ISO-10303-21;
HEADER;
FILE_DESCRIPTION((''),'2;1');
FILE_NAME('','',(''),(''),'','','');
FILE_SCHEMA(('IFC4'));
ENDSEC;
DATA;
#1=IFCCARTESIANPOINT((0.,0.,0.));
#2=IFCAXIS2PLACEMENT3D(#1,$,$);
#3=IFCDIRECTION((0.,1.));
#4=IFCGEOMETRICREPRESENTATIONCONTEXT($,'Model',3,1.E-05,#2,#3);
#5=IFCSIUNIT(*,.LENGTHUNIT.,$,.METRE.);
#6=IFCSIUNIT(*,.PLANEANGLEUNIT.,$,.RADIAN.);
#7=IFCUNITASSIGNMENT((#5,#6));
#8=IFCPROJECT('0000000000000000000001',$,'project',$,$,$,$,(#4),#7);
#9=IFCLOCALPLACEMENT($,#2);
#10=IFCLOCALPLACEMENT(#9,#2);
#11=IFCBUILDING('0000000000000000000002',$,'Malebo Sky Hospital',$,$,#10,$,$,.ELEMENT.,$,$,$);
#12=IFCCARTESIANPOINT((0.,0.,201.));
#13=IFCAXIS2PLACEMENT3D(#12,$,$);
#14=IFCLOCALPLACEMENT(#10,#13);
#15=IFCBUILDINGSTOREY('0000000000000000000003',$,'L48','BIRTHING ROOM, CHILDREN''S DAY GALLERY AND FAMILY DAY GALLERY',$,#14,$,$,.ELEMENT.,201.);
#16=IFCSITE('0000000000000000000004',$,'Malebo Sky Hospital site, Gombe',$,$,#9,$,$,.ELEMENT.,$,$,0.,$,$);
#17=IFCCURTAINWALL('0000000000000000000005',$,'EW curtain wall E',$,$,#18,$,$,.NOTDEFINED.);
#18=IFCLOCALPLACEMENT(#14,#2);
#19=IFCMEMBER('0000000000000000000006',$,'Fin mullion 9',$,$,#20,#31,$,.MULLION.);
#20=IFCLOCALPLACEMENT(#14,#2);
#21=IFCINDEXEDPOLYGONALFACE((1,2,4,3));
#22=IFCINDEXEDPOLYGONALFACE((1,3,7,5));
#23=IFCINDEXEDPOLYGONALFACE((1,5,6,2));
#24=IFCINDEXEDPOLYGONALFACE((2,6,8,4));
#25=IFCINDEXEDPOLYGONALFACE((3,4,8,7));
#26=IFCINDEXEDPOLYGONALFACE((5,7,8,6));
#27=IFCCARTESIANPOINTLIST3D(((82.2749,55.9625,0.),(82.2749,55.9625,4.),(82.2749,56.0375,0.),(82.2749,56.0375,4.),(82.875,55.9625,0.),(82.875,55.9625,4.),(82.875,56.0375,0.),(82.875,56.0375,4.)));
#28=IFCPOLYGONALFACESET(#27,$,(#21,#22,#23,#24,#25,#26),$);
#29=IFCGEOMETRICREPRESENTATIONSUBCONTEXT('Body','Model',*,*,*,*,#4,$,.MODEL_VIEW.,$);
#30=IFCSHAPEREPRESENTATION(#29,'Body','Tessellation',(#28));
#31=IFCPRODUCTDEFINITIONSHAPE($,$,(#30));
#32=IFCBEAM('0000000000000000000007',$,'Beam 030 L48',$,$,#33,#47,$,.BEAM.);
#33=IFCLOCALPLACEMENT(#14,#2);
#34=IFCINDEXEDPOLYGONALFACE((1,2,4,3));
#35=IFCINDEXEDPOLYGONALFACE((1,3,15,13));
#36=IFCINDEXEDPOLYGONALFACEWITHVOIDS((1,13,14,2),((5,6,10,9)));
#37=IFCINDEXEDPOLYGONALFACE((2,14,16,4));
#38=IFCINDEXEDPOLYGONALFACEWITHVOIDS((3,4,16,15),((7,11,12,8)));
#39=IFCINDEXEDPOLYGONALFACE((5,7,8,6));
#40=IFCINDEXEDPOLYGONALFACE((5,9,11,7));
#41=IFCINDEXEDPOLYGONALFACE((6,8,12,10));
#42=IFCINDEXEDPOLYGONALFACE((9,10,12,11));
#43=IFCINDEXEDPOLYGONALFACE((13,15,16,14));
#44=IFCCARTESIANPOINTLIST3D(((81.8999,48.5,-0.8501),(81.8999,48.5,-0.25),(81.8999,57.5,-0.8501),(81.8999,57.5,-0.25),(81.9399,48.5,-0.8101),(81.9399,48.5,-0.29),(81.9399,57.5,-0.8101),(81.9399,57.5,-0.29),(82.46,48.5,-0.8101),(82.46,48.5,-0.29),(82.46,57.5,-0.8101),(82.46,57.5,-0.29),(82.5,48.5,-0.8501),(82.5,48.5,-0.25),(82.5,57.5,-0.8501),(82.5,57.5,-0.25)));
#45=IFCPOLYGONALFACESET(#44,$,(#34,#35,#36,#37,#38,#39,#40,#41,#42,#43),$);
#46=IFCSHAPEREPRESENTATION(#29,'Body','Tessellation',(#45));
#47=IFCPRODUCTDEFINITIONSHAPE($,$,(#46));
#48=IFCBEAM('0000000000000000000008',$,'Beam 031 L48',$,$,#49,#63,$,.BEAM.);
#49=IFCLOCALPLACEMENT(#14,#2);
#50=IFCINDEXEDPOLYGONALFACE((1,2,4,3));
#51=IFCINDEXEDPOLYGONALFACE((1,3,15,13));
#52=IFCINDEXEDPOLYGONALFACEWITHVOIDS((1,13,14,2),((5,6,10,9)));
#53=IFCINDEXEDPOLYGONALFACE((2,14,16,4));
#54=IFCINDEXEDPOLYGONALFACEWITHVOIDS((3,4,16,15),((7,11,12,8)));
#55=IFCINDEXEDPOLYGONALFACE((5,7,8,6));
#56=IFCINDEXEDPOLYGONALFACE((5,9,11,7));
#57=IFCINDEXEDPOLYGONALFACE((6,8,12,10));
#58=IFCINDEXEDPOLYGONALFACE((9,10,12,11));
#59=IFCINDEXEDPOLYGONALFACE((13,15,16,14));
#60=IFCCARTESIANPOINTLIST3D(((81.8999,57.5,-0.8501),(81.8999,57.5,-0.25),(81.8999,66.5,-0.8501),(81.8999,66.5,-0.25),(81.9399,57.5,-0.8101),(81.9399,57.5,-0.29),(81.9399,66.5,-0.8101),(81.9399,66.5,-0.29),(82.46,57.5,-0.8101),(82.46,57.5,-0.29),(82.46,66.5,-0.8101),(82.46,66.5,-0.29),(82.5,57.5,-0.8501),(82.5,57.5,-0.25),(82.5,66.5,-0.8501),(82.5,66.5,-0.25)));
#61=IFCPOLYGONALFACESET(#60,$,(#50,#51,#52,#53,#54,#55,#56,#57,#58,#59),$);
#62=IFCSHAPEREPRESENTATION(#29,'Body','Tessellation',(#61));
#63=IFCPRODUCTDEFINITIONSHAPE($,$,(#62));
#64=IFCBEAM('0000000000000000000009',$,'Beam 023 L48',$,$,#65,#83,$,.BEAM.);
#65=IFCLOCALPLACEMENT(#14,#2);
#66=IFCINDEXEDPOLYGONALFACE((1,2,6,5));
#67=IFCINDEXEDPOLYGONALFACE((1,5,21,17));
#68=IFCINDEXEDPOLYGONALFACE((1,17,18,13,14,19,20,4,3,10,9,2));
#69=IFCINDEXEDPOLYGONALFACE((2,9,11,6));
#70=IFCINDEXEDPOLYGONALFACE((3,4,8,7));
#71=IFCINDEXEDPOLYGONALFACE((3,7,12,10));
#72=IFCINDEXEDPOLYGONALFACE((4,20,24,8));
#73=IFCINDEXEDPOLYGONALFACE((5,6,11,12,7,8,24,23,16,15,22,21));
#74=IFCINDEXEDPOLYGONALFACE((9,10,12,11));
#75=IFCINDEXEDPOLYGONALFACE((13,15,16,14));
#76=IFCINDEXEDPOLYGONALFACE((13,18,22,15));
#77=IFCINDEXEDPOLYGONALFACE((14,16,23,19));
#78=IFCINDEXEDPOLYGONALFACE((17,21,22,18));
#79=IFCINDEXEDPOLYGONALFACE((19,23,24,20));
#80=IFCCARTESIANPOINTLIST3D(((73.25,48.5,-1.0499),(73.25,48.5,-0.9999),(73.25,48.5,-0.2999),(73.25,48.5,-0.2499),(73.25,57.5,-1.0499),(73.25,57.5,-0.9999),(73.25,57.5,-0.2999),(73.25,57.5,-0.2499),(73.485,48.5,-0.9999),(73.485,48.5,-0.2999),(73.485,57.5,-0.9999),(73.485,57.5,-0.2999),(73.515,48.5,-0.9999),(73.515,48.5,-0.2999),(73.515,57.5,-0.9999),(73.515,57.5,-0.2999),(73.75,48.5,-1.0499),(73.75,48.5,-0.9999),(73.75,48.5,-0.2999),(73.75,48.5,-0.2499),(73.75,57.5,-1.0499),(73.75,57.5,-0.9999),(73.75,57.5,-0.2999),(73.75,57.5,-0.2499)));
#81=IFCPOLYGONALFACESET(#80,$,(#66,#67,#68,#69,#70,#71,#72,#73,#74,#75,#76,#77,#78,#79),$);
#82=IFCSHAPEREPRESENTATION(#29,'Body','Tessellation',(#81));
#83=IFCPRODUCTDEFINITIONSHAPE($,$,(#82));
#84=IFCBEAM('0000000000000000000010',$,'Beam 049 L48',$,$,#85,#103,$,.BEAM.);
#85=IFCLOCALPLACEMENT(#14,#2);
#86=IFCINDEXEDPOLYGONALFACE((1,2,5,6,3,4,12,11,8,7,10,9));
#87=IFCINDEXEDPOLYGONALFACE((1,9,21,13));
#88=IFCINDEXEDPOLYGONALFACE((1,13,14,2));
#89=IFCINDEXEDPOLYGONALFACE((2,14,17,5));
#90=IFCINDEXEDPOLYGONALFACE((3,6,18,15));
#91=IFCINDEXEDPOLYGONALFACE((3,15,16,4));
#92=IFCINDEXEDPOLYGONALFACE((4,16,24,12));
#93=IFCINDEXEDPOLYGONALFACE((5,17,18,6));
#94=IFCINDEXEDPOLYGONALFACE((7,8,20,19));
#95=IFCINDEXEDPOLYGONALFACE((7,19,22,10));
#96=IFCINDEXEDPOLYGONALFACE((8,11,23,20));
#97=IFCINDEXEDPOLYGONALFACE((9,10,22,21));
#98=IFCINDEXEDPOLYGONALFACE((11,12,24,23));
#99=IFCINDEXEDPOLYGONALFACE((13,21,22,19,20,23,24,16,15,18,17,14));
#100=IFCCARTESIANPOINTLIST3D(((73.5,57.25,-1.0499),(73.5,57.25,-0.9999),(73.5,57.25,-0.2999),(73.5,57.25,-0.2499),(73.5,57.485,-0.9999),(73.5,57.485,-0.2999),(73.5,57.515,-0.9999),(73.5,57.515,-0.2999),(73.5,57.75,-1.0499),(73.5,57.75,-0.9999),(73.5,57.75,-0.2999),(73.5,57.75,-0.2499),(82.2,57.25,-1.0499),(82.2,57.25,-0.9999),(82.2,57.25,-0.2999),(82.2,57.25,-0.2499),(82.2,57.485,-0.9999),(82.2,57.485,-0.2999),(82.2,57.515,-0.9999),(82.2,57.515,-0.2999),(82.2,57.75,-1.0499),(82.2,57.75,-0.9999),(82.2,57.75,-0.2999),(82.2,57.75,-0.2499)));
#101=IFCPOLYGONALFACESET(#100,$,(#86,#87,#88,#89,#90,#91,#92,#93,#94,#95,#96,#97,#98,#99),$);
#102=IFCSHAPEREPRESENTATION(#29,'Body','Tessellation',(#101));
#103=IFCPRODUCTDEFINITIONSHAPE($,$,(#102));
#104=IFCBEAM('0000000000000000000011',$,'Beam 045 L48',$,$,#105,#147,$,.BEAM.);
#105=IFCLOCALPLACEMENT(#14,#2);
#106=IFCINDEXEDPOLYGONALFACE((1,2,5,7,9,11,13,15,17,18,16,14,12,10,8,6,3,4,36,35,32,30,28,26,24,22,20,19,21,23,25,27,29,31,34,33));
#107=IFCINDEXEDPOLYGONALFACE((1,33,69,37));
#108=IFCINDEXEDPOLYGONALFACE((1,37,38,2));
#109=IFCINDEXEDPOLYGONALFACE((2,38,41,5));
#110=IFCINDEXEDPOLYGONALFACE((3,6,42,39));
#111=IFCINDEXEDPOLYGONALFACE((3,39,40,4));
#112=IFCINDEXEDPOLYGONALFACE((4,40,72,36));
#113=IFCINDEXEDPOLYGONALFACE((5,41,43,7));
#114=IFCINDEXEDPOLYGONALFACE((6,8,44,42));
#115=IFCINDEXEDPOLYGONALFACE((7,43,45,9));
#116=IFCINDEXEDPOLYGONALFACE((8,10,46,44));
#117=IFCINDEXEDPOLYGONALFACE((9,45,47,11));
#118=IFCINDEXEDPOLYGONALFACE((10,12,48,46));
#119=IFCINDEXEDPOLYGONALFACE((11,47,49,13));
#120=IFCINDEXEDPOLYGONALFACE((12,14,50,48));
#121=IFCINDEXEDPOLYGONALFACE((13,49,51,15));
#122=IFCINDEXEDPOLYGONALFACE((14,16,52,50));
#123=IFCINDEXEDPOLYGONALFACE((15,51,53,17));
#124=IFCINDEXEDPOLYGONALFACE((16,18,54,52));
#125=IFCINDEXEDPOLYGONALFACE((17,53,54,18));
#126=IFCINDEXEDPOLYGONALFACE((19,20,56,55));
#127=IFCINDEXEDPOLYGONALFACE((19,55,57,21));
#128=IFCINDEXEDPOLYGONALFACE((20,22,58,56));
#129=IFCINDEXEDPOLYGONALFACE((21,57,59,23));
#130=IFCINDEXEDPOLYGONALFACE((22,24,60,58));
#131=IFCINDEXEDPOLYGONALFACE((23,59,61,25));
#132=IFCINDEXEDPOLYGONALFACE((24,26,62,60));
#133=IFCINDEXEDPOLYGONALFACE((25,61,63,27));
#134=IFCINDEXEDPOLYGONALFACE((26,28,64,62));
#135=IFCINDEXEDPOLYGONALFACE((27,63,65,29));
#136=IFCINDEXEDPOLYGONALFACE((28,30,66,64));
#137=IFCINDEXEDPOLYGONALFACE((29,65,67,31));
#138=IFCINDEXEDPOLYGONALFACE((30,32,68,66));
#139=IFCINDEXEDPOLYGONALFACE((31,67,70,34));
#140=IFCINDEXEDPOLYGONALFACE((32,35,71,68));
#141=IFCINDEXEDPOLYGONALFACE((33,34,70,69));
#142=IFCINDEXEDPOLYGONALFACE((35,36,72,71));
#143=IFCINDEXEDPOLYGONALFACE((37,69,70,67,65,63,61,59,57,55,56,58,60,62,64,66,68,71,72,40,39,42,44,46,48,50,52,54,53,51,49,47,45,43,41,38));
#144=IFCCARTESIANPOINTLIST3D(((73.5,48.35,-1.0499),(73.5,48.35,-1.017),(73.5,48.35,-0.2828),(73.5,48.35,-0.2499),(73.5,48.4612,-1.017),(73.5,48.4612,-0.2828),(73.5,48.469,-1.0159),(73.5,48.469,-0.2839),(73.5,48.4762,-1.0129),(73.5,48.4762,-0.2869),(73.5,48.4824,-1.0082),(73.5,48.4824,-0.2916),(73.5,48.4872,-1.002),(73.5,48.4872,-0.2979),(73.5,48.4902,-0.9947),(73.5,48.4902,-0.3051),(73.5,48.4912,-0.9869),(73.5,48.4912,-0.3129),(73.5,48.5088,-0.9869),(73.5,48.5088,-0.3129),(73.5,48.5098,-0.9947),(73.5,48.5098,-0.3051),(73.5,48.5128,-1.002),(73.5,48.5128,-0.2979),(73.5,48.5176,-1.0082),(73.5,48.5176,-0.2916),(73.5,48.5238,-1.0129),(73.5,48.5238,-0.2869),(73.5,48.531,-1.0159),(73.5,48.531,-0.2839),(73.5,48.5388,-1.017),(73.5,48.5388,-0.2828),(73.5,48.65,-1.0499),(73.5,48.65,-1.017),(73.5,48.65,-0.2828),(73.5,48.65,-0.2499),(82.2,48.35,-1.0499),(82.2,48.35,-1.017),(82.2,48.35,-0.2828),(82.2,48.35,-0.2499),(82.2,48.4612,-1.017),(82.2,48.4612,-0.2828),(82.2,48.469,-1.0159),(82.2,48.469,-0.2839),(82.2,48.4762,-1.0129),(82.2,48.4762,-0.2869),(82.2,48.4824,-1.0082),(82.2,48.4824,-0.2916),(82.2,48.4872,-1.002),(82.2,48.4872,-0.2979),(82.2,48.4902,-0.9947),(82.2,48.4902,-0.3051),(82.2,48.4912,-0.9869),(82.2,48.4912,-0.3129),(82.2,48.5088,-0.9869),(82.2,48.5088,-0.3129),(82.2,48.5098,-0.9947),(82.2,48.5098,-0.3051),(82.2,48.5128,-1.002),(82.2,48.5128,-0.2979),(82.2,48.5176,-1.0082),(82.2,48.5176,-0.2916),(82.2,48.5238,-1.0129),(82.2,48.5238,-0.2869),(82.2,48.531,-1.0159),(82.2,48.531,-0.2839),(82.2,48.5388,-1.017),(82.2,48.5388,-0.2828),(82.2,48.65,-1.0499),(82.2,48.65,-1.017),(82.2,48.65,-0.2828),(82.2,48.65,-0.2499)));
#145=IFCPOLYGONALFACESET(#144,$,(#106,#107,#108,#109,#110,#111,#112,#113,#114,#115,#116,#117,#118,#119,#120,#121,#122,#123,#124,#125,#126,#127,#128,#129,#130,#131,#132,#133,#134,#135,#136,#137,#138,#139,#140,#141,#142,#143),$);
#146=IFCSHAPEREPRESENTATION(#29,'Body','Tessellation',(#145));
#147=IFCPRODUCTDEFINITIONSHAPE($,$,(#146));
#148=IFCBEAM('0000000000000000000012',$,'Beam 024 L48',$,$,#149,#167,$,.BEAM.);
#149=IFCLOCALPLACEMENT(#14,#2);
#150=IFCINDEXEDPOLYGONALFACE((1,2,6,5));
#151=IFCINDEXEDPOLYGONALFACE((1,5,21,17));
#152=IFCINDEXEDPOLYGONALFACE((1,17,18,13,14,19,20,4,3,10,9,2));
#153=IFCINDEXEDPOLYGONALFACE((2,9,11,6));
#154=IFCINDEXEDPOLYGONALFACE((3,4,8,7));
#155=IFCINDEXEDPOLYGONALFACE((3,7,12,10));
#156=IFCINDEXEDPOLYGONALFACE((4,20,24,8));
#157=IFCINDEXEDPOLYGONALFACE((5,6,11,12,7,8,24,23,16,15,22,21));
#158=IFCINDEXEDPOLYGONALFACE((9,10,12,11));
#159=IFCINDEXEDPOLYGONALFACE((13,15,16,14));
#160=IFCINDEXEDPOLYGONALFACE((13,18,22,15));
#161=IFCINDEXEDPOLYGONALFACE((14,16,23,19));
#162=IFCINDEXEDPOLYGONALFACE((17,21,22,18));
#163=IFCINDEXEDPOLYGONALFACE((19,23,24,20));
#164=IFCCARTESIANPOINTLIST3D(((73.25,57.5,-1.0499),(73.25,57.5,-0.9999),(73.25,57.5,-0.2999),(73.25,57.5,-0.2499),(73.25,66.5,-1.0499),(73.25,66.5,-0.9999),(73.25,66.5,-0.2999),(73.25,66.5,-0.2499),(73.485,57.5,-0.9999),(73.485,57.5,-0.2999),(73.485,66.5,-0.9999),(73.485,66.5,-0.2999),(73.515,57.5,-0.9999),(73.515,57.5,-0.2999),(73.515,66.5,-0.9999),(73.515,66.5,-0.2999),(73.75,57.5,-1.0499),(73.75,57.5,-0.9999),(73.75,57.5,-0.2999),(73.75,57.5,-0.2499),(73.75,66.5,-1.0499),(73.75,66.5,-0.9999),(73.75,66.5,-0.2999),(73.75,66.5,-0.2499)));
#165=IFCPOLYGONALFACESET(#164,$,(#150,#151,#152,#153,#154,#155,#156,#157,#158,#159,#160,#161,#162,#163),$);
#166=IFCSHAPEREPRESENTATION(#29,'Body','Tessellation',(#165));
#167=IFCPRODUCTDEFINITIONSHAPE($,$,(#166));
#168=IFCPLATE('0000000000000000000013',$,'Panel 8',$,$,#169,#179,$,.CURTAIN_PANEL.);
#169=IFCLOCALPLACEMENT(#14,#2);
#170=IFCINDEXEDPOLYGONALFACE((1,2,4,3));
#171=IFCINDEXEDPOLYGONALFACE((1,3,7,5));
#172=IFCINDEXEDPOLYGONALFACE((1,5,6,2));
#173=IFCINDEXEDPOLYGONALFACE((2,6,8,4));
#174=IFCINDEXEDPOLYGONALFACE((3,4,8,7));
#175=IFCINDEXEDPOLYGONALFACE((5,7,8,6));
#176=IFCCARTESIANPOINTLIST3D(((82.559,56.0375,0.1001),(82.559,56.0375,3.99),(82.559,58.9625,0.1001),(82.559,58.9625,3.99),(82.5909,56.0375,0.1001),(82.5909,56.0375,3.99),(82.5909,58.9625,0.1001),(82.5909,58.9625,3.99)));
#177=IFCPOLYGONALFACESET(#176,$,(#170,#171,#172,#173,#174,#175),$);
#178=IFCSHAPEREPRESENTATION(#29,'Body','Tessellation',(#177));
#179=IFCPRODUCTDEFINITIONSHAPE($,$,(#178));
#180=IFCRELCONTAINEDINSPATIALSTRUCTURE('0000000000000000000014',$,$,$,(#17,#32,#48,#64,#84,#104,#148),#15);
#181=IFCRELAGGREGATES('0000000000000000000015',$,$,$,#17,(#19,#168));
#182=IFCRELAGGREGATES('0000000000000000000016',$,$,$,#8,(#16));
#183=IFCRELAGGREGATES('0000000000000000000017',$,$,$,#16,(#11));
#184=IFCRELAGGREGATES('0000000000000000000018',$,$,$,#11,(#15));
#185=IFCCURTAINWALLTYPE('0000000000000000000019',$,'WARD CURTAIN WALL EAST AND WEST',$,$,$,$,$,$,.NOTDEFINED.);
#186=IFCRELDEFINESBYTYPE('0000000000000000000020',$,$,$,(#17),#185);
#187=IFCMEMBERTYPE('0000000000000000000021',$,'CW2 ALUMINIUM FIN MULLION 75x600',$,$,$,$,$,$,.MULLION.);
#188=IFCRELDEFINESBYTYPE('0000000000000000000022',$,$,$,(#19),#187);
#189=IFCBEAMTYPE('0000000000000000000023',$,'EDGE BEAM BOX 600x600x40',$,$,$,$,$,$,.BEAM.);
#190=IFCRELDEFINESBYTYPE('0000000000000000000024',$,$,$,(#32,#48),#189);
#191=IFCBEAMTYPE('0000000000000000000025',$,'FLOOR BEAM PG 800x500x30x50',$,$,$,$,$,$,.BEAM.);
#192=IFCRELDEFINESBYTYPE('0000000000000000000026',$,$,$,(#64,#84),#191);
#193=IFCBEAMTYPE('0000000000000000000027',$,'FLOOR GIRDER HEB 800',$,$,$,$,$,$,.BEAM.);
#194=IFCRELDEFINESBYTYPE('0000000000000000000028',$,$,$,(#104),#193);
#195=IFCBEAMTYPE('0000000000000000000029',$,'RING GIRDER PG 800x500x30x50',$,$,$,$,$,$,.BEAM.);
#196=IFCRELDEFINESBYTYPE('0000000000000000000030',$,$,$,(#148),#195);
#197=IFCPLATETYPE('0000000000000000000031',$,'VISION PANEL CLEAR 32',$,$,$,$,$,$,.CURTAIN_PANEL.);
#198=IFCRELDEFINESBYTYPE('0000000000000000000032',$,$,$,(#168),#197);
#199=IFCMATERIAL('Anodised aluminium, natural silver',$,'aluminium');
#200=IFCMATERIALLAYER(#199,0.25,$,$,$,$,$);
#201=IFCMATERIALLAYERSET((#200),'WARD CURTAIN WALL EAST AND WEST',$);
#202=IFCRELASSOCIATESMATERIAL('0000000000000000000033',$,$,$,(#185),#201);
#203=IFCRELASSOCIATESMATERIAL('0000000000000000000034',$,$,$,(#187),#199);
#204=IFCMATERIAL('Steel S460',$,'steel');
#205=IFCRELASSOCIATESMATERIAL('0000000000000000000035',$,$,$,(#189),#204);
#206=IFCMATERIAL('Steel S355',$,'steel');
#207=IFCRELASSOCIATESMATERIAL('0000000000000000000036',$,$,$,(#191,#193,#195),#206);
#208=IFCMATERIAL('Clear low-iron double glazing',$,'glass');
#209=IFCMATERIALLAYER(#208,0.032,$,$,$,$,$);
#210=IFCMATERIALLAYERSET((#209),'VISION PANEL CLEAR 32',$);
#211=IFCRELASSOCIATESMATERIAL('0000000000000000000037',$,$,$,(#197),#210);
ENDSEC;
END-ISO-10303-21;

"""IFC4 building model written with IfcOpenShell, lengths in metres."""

from ifc_helpers import new_model, si_unit, direction, frame, origin, origin_2d, place, context, subcontext, project, spatial, rectangle, hollow_rectangle, i_section, extrude, material, layer, layer_set, material_profile, profile_set, type_object, element, aggregate, save


model = new_model("IFC4")

# Units and contexts
model_context = context("Model", 3, precision=1e-05, world=origin(), true_north=direction((0.0, 1.0)))
body_context = subcontext(model_context, "Body", "Model", "MODEL_VIEW")
ifc_project = project(units=[si_unit("LENGTHUNIT", "METRE"), si_unit("PLANEANGLEUNIT", "RADIAN")], contexts=[model_context])

# Site, building, storey
site_placement = place(None, origin())
site = spatial("IfcSite", under=ifc_project, at=site_placement, Name="Malebo Sky Hospital site, Gombe", CompositionType="ELEMENT", RefElevation=0.0)
building_placement = place(site_placement, origin())
building = spatial("IfcBuilding", under=site, at=building_placement, Name="Malebo Sky Hospital", CompositionType="ELEMENT")
storey_placement = place(building_placement, frame((0.0, 0.0, 201.0)))
storey = spatial("IfcBuildingStorey", under=building, at=storey_placement, Name="L48", Description="BIRTHING ROOM, CHILDREN'S DAY GALLERY AND FAMILY DAY GALLERY", CompositionType="ELEMENT", Elevation=201.0)

# Shared definitions
ifc_material_1 = material(Name="Steel S460", Category="steel")

# Curtain wall
ifc_material_2 = material(Name="Anodised aluminium, natural silver", Category="aluminium")
ifc_layer_1 = layer(ifc_material_2, 0.25)
ifc_layer_set_1 = layer_set([ifc_layer_1], Name="WARD CURTAIN WALL EAST AND WEST")
curtain_wall_type = type_object("IfcCurtainWallType", Name="WARD CURTAIN WALL EAST AND WEST", PredefinedType="NOTDEFINED", material=ifc_layer_set_1)
curtain_wall_placement = place(storey_placement, origin())
curtain_wall = element("IfcCurtainWall", 1, at=curtain_wall_placement, inside=storey, type_object=curtain_wall_type, Name="EW curtain wall E", PredefinedType="NOTDEFINED")

# Member
ifc_material_3 = material(Name="Steel S355", Category="steel")
ifc_material_profile_1 = material_profile(ifc_material_2, rectangle(XDim=0.075, YDim=0.6001, at=origin_2d()), Name="CW2 ALUMINIUM FIN MULLION 75x600")
ifc_profile_set_1 = profile_set([ifc_material_profile_1], Name="Anodised aluminium, natural silver")
member_type_1 = type_object("IfcMemberType", Name="CW2 ALUMINIUM FIN MULLION 75x600", PredefinedType="MULLION", material=ifc_profile_set_1)
member_1_placement = place(storey_placement, frame((82.575, 56.0, 0.0), z_axis=(0.0, 0.0, 1.0), x_axis=(0.0, -1.0, 0.0)))
member_1 = element("IfcMember", 2, at=member_1_placement, type_object=member_type_1, Name="Fin mullion 9", PredefinedType="MULLION", context=body_context, shape_type="SweptSolid", body=[
    extrude(rectangle(XDim=0.075, YDim=0.6001, at=origin_2d()), origin(), (0.0, 0.0, 1.0), 4.0),
])

# Beams
ifc_material_profile_2 = material_profile(ifc_material_1, hollow_rectangle(XDim=0.6001, YDim=0.6001, WallThickness=0.04, at=origin_2d()), Name="BOX 600x600x40")
ifc_profile_set_2 = profile_set([ifc_material_profile_2], Name="Steel S460")
beam_type_1 = type_object("IfcBeamType", Name="EDGE BEAM BOX 600x600x40", PredefinedType="BEAM", material=ifc_profile_set_2)
for number, where, z_axis, x_axis, name in (
    (3, (82.2, 48.5, -0.55), (0.0, 1.0, 0.0), (-1.0, 0.0, 0.0), "Beam 030 L48"),
    (4, (82.2, 57.5, -0.55), (0.0, 1.0, 0.0), (-1.0, 0.0, 0.0), "Beam 031 L48"),
):
    element("IfcBeam", number, at=place(storey_placement, frame(where, z_axis=z_axis, x_axis=x_axis)), inside=storey, type_object=beam_type_1, Name=name, PredefinedType="BEAM", context=body_context, shape_type="SweptSolid", body=[
        extrude(hollow_rectangle(XDim=0.6001, YDim=0.6001, WallThickness=0.04, at=origin_2d()), origin(), (0.0, 0.0, 1.0), 9.0),
    ])
ifc_material_profile_3 = material_profile(ifc_material_3, i_section(OverallWidth=0.5, OverallDepth=0.8, WebThickness=0.03, FlangeThickness=0.05, at=origin_2d()), Name="PG 800x500x30x50")
ifc_profile_set_3 = profile_set([ifc_material_profile_3], Name="Steel S355")
beam_type_2 = type_object("IfcBeamType", Name="FLOOR BEAM PG 800x500x30x50", PredefinedType="BEAM", material=ifc_profile_set_3)
beam_1_placement = place(storey_placement, frame((73.5, 48.5, -0.6499), z_axis=(0.0, 1.0, 0.0), x_axis=(-1.0, 0.0, 0.0)))
element("IfcBeam", 5, at=beam_1_placement, inside=storey, type_object=beam_type_2, Name="Beam 023 L48", PredefinedType="BEAM", context=body_context, shape_type="SweptSolid", body=[
    extrude(i_section(OverallWidth=0.5, OverallDepth=0.8, WebThickness=0.03, FlangeThickness=0.05, at=origin_2d()), origin(), (0.0, 0.0, 1.0), 9.0),
])
beam_2_placement = place(storey_placement, frame((73.5, 57.5, -0.6499), z_axis=(1.0, 0.0, 0.0), x_axis=(0.0, 1.0, 0.0)))
element("IfcBeam", 6, at=beam_2_placement, inside=storey, type_object=beam_type_2, Name="Beam 049 L48", PredefinedType="BEAM", context=body_context, shape_type="SweptSolid", body=[
    extrude(i_section(OverallWidth=0.5, OverallDepth=0.8, WebThickness=0.03, FlangeThickness=0.05, at=origin_2d()), origin(), (0.0, 0.0, 1.0), 8.7),
])
ifc_material_profile_4 = material_profile(ifc_material_3, i_section(OverallWidth=0.3, OverallDepth=0.8, WebThickness=0.0176, FlangeThickness=0.033, FilletRadius=0.03, at=origin_2d()), Name="HEB 800")
ifc_profile_set_4 = profile_set([ifc_material_profile_4], Name="Steel S355")
beam_type_3 = type_object("IfcBeamType", Name="FLOOR GIRDER HEB 800", PredefinedType="BEAM", material=ifc_profile_set_4)
beam_3_placement = place(storey_placement, frame((73.5, 48.5, -0.6499), z_axis=(1.0, 0.0, 0.0), x_axis=(0.0, 1.0, 0.0)))
element("IfcBeam", 7, at=beam_3_placement, inside=storey, type_object=beam_type_3, Name="Beam 045 L48", PredefinedType="BEAM", context=body_context, shape_type="SweptSolid", body=[
    extrude(i_section(OverallWidth=0.3, OverallDepth=0.8, WebThickness=0.0176, FlangeThickness=0.033, FilletRadius=0.03, at=origin_2d()), origin(), (0.0, 0.0, 1.0), 8.7),
])
ifc_material_profile_5 = material_profile(ifc_material_3, i_section(OverallWidth=0.5, OverallDepth=0.8, WebThickness=0.03, FlangeThickness=0.05, at=origin_2d()), Name="PG 800x500x30x50")
ifc_profile_set_5 = profile_set([ifc_material_profile_5], Name="Steel S355")
beam_type_4 = type_object("IfcBeamType", Name="RING GIRDER PG 800x500x30x50", PredefinedType="BEAM", material=ifc_profile_set_5)
beam_4_placement = place(storey_placement, frame((73.5, 57.5, -0.6499), z_axis=(0.0, 1.0, 0.0), x_axis=(-1.0, 0.0, 0.0)))
element("IfcBeam", 8, at=beam_4_placement, inside=storey, type_object=beam_type_4, Name="Beam 024 L48", PredefinedType="BEAM", context=body_context, shape_type="SweptSolid", body=[
    extrude(i_section(OverallWidth=0.5, OverallDepth=0.8, WebThickness=0.03, FlangeThickness=0.05, at=origin_2d()), origin(), (0.0, 0.0, 1.0), 9.0),
])

# Plate
ifc_material_4 = material(Name="Clear low-iron double glazing", Category="glass")
ifc_layer_2 = layer(ifc_material_4, 0.032)
ifc_layer_set_2 = layer_set([ifc_layer_2], Name="VISION PANEL CLEAR 32")
plate_type = type_object("IfcPlateType", Name="VISION PANEL CLEAR 32", PredefinedType="CURTAIN_PANEL", material=ifc_layer_set_2)
plate_1_placement = place(storey_placement, frame((82.575, 57.5, 0.1001), z_axis=(0.0, 0.0, 1.0), x_axis=(0.0, -1.0, 0.0)))
plate_1 = element("IfcPlate", 9, at=plate_1_placement, type_object=plate_type, Name="Panel 8", PredefinedType="CURTAIN_PANEL", context=body_context, shape_type="SweptSolid", body=[
    extrude(rectangle(XDim=2.925, YDim=0.032, at=origin_2d()), origin(), (0.0, 0.0, 1.0), 3.8899),
])
aggregate(curtain_wall, [member_1, plate_1])

save(model, "model.ifc")
